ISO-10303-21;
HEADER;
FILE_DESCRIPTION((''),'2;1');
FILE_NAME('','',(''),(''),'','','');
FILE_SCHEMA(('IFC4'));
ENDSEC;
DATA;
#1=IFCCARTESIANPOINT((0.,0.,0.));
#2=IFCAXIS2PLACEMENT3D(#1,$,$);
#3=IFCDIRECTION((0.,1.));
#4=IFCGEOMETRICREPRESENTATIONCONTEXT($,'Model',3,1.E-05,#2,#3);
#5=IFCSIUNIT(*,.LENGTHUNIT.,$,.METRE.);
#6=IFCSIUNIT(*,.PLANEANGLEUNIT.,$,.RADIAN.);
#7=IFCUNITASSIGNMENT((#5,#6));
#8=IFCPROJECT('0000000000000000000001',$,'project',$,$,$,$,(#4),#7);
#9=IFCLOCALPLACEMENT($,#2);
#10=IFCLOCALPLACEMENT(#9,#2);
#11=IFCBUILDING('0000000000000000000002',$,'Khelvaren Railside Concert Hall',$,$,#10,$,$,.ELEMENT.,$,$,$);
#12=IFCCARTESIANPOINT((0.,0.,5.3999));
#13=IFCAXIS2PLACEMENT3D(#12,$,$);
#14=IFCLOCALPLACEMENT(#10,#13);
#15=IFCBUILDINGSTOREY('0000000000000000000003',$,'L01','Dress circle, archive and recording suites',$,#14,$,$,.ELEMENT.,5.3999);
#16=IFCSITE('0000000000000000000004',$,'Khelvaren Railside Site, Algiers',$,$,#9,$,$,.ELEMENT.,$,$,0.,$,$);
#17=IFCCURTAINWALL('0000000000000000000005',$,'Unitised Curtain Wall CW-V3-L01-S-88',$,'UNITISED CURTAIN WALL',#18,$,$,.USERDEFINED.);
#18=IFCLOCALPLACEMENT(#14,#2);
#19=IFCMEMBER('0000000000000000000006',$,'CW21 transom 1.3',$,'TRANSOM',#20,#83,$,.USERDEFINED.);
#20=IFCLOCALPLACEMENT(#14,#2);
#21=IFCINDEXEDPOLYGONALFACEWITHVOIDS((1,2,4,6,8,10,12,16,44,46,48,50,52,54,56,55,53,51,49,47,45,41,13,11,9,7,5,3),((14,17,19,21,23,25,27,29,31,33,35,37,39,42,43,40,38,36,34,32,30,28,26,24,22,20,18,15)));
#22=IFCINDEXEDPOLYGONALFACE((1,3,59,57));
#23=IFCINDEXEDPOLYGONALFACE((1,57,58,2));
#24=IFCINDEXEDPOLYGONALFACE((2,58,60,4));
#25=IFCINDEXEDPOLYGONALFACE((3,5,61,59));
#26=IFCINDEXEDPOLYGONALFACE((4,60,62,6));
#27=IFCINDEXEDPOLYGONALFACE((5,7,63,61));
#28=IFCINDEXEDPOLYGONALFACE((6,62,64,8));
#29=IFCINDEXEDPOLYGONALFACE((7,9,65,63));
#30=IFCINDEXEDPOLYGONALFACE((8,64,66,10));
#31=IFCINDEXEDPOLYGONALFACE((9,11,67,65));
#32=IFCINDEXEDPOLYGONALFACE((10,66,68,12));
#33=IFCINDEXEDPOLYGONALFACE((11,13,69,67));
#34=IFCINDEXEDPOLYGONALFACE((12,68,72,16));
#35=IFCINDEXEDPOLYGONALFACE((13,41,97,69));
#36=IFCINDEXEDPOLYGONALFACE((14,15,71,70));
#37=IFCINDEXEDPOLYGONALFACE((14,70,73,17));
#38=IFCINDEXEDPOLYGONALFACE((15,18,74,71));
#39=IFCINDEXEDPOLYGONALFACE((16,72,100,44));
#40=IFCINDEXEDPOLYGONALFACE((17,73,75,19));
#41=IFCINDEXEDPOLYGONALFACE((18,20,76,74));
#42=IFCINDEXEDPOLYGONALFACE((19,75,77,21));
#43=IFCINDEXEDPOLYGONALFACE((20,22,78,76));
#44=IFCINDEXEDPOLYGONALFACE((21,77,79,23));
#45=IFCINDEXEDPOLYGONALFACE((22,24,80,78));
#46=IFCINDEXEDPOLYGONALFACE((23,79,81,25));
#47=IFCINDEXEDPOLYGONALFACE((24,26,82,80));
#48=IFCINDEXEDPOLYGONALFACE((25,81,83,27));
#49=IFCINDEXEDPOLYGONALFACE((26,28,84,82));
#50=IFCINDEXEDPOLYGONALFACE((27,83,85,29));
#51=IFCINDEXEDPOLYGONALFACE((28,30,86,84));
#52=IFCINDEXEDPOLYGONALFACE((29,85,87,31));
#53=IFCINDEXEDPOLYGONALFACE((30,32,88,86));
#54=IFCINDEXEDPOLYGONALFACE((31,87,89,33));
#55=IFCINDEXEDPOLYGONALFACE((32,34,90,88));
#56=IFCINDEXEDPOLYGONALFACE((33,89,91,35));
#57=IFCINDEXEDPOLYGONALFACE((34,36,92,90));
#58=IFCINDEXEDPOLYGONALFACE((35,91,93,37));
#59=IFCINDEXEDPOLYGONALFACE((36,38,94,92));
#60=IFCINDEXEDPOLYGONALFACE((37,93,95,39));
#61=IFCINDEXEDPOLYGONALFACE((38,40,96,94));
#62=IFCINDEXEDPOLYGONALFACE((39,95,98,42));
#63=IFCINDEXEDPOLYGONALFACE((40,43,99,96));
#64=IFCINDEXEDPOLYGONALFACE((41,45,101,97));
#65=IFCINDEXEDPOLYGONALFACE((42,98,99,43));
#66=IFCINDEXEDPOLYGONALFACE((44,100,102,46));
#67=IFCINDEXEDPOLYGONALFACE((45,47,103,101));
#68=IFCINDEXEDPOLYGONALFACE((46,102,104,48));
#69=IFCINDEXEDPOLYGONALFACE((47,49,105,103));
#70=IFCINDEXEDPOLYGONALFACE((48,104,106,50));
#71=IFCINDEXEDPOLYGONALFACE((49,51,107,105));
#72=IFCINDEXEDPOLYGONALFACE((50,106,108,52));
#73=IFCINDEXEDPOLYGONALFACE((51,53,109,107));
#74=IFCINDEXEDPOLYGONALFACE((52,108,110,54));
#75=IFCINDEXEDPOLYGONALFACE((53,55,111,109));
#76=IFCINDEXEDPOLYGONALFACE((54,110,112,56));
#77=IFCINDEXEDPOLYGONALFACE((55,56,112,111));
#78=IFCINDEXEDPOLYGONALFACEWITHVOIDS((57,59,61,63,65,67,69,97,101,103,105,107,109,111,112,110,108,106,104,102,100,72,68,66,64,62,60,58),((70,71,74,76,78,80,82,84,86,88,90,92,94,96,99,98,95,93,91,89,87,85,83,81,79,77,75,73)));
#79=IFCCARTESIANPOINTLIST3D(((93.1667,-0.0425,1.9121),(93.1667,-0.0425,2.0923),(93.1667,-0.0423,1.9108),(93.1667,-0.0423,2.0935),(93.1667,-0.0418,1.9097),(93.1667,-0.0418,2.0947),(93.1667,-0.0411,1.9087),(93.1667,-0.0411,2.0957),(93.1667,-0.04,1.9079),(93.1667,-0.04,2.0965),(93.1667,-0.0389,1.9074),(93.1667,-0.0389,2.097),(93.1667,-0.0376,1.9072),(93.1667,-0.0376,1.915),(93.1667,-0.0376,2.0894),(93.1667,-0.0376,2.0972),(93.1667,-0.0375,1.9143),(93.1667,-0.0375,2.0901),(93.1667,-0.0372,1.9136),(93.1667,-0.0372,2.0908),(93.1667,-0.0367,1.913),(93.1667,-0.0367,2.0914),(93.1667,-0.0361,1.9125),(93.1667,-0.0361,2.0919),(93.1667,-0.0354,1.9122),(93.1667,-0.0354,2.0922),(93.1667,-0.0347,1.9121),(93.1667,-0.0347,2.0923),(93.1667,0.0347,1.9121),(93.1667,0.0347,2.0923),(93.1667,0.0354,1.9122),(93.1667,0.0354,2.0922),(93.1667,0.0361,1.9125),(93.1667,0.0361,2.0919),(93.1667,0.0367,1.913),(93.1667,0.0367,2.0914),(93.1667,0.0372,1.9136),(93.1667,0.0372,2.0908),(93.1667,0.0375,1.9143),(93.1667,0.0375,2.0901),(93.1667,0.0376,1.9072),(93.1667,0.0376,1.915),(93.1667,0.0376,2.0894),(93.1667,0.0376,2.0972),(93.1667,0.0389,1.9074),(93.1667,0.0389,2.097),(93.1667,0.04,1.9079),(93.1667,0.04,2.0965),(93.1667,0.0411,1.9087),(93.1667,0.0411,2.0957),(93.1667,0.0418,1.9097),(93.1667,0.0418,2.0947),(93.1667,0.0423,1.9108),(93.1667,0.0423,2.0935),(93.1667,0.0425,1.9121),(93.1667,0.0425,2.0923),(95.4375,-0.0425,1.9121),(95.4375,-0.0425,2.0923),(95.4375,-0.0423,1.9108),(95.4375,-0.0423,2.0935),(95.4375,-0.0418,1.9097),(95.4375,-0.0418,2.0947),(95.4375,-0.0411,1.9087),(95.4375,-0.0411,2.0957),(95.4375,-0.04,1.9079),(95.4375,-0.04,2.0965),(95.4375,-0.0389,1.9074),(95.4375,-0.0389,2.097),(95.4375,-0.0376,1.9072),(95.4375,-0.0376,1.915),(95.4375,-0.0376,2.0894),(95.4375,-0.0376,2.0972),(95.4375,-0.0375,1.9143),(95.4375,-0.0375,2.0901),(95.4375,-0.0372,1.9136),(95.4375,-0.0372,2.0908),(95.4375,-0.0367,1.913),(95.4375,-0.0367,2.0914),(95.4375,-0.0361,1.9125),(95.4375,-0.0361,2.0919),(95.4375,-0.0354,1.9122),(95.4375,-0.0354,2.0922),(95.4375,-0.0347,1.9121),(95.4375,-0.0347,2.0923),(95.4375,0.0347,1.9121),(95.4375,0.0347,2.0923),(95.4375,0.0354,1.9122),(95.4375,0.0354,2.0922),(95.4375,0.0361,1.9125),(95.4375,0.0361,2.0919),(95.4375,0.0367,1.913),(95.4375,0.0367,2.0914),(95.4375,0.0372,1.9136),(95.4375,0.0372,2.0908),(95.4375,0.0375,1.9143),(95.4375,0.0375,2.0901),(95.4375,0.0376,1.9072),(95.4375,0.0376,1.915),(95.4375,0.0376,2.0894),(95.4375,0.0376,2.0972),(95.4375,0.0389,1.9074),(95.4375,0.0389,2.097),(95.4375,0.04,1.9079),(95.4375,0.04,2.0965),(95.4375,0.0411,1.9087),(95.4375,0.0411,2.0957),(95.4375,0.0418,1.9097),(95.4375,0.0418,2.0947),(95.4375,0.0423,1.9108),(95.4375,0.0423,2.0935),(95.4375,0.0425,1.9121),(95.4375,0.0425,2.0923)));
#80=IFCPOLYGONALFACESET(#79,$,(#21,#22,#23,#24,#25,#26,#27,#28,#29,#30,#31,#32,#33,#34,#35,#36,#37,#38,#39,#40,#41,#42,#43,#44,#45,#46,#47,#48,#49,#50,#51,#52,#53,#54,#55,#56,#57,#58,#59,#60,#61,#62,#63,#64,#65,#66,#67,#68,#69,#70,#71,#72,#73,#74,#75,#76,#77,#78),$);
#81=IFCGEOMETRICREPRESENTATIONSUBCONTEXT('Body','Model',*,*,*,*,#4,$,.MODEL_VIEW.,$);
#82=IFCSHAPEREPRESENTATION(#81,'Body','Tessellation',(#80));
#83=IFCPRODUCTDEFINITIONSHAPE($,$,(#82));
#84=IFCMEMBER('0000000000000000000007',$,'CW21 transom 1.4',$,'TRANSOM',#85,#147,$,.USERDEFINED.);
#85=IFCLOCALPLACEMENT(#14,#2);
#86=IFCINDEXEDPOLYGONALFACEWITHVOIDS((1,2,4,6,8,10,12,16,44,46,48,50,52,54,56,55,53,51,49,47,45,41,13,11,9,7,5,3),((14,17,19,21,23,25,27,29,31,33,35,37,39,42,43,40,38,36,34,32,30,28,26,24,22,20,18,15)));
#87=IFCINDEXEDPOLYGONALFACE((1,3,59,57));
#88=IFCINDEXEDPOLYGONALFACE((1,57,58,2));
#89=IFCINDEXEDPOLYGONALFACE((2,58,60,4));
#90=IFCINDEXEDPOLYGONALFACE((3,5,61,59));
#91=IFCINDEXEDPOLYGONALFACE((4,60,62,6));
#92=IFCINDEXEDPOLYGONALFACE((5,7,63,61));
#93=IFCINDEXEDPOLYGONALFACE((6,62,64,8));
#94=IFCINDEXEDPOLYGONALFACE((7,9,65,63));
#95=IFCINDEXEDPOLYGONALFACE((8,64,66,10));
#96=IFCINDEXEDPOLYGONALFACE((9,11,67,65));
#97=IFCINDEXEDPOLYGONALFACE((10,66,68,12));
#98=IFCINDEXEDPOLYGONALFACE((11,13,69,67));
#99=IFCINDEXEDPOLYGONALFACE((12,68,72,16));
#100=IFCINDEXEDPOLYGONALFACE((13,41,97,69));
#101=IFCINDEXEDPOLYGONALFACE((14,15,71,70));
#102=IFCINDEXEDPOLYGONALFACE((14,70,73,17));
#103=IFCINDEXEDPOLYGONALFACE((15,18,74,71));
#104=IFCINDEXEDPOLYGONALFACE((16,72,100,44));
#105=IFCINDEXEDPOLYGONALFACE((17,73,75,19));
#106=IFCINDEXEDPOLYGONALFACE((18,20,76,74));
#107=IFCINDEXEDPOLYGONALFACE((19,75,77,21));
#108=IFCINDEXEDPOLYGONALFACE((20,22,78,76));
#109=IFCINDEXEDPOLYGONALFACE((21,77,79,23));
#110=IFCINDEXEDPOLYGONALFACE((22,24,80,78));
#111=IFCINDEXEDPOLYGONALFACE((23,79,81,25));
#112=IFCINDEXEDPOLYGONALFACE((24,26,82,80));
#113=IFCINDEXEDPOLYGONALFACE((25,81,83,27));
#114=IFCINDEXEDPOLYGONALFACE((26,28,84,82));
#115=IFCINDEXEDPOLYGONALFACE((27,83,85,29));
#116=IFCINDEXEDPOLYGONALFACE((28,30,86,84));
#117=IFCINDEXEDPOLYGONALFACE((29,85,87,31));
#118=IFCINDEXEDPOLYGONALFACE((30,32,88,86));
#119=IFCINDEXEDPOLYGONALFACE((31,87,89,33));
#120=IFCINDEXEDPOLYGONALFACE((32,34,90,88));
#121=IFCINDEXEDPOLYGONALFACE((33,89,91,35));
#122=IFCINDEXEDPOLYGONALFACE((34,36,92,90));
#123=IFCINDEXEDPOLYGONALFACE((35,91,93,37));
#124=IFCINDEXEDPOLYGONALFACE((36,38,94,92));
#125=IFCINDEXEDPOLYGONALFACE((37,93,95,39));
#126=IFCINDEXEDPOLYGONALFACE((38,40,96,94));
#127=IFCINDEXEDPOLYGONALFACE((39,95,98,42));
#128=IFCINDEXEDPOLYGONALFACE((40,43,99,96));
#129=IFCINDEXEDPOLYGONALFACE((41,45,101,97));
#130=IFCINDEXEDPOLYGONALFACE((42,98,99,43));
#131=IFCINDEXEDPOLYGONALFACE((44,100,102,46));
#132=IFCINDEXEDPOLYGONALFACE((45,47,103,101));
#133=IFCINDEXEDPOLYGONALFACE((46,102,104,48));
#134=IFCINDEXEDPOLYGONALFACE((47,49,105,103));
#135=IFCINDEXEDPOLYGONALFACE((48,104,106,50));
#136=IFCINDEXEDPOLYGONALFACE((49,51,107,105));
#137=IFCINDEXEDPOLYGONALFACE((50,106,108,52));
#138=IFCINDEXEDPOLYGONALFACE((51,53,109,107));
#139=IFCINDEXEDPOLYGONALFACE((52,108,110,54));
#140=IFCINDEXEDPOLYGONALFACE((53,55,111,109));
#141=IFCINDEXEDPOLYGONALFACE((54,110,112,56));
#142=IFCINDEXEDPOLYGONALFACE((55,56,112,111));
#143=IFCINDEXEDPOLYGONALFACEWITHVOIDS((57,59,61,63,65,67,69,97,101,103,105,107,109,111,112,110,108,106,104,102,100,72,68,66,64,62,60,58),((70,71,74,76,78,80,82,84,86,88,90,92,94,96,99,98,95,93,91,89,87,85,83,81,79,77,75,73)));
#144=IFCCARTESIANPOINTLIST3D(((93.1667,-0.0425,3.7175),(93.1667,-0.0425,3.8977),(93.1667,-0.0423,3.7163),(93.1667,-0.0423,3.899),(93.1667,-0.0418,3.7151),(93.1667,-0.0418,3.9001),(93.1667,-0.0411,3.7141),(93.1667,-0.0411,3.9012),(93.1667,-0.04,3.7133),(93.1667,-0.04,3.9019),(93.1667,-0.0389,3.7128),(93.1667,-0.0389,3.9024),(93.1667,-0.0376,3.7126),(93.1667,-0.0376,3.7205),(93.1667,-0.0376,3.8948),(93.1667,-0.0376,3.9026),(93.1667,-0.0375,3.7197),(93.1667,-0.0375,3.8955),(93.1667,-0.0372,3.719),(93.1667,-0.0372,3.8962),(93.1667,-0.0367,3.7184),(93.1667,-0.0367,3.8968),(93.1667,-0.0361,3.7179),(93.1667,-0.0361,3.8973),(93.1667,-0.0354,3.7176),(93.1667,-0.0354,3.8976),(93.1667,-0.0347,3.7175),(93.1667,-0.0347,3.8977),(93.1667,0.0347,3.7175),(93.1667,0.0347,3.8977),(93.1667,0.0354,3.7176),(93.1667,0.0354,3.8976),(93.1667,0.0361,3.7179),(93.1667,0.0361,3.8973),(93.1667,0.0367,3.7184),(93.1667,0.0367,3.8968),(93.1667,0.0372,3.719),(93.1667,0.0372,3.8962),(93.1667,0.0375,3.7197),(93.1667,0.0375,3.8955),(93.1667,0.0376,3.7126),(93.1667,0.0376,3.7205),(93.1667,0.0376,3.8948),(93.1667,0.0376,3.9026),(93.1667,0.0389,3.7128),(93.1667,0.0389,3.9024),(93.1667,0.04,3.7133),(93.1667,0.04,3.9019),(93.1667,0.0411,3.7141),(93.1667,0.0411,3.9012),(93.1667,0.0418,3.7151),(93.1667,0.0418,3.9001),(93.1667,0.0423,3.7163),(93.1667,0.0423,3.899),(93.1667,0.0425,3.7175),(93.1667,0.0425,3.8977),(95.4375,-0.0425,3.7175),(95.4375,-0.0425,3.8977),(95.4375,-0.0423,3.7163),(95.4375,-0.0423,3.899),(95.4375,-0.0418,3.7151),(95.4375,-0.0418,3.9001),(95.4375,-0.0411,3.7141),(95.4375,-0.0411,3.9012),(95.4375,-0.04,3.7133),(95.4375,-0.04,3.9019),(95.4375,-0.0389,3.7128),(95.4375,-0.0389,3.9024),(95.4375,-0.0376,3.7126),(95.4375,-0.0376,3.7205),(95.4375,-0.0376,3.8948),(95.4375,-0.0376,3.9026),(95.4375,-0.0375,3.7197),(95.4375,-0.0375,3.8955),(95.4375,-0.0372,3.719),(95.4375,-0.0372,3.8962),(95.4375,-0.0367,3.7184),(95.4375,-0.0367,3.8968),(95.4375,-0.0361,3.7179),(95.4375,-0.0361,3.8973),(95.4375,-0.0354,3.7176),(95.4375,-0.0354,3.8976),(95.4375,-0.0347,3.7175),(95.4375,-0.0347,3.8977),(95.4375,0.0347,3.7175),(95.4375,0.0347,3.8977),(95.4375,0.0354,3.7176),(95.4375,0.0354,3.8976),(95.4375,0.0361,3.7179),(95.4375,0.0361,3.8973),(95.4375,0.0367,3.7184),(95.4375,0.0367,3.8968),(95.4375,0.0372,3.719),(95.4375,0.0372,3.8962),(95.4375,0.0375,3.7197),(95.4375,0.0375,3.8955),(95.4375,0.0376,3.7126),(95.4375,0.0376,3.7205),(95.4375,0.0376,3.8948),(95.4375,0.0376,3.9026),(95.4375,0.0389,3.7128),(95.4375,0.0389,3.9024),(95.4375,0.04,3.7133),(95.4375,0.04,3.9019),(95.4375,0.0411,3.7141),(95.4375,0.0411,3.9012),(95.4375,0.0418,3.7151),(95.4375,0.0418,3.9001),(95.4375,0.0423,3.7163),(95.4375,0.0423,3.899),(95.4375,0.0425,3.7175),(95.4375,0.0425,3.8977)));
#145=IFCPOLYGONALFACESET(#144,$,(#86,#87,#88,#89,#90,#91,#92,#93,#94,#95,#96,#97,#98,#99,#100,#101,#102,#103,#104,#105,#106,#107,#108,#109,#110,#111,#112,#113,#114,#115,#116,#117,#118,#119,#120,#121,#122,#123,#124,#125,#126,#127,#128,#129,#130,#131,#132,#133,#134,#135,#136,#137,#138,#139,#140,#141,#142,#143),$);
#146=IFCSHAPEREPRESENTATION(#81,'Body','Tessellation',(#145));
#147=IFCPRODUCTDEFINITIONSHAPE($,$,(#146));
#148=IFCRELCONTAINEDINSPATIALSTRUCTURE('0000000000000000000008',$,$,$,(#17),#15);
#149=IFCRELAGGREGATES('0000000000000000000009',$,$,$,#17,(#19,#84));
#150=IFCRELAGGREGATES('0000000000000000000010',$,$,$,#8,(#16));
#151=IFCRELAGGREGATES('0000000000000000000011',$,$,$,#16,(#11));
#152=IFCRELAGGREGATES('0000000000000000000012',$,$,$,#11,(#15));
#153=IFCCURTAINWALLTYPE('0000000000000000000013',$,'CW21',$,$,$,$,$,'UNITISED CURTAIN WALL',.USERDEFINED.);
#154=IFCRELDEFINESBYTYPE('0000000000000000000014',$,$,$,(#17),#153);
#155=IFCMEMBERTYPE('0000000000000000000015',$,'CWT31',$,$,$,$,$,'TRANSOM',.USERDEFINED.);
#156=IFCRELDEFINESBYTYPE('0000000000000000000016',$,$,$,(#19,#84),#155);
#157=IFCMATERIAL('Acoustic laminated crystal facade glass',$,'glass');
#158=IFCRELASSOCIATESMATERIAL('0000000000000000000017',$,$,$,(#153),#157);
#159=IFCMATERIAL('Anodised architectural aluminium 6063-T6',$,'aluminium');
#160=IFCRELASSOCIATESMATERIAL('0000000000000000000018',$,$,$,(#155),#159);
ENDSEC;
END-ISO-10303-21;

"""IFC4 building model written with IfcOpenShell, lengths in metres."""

from ifc_helpers import new_model, si_unit, direction, frame, origin, origin_2d, place, context, subcontext, project, spatial, hollow_rectangle, extrude, material, material_profile, profile_set, type_object, element, aggregate, save


model = new_model("IFC4")

# Units and contexts
model_context = context("Model", 3, precision=1e-05, world=origin(), true_north=direction((0.0, 1.0)))
body_context = subcontext(model_context, "Body", "Model", "MODEL_VIEW")
ifc_project = project(units=[si_unit("LENGTHUNIT", "METRE"), si_unit("PLANEANGLEUNIT", "RADIAN")], contexts=[model_context])

# Site, building, storey
site_placement = place(None, origin())
site = spatial("IfcSite", under=ifc_project, at=site_placement, Name="Khelvaren Railside Site, Algiers", CompositionType="ELEMENT", RefElevation=0.0)
building_placement = place(site_placement, origin())
building = spatial("IfcBuilding", under=site, at=building_placement, Name="Khelvaren Railside Concert Hall", CompositionType="ELEMENT")
storey_placement = place(building_placement, frame((0.0, 0.0, 5.3999)))
storey = spatial("IfcBuildingStorey", under=building, at=storey_placement, Name="L01", Description="Dress circle, archive and recording suites", CompositionType="ELEMENT", Elevation=5.3999)

# Curtain wall
ifc_material_1 = material(Name="Acoustic laminated crystal facade glass", Category="glass")
curtain_wall_type_1 = type_object("IfcCurtainWallType", Name="CW21", ElementType="UNITISED CURTAIN WALL", PredefinedType="USERDEFINED", material=ifc_material_1)
curtain_wall_1_placement = place(storey_placement, origin())
curtain_wall_1 = element("IfcCurtainWall", 1, at=curtain_wall_1_placement, inside=storey, type_object=curtain_wall_type_1, Name="Unitised Curtain Wall CW-V3-L01-S-88", ObjectType="UNITISED CURTAIN WALL", PredefinedType="USERDEFINED")
ifc_material_2 = material(Name="Anodised architectural aluminium 6063-T6", Category="aluminium")

# Members
ifc_material_profile_1 = material_profile(ifc_material_2, hollow_rectangle(XDim=0.085, YDim=0.1899, WallThickness=0.0049, InnerFilletRadius=0.0029, OuterFilletRadius=0.0049, at=origin_2d()), Name="CWT 85x190x5")
ifc_profile_set_1 = profile_set([ifc_material_profile_1], Name="Anodised architectural aluminium 6063-T6")
member_type_1 = type_object("IfcMemberType", Name="CWT31", ElementType="TRANSOM", PredefinedType="USERDEFINED", material=ifc_profile_set_1)
member_1_placement = place(storey_placement, frame((95.4375, 0.0, 2.0022), z_axis=(-1.0, 0.0, 0.0), x_axis=(0.0, -1.0, 0.0)))
member_1 = element("IfcMember", 2, at=member_1_placement, type_object=member_type_1, Name="CW21 transom 1.3", ObjectType="TRANSOM", PredefinedType="USERDEFINED", context=body_context, shape_type="SweptSolid", body=[
    extrude(hollow_rectangle(XDim=0.085, YDim=0.1899, WallThickness=0.0049, InnerFilletRadius=0.0029, OuterFilletRadius=0.0049, at=origin_2d()), origin(), (0.0, 0.0, 1.0), 2.2708),
])
member_2_placement = place(storey_placement, frame((95.4375, 0.0, 3.8076), z_axis=(-1.0, 0.0, 0.0), x_axis=(0.0, -1.0, 0.0)))
member_2 = element("IfcMember", 3, at=member_2_placement, type_object=member_type_1, Name="CW21 transom 1.4", ObjectType="TRANSOM", PredefinedType="USERDEFINED", context=body_context, shape_type="SweptSolid", body=[
    extrude(hollow_rectangle(XDim=0.085, YDim=0.1899, WallThickness=0.0049, InnerFilletRadius=0.0029, OuterFilletRadius=0.0049, at=origin_2d()), origin(), (0.0, 0.0, 1.0), 2.2708),
])

aggregate(curtain_wall_1, [member_1, member_2])

save(model, "model.ifc")
